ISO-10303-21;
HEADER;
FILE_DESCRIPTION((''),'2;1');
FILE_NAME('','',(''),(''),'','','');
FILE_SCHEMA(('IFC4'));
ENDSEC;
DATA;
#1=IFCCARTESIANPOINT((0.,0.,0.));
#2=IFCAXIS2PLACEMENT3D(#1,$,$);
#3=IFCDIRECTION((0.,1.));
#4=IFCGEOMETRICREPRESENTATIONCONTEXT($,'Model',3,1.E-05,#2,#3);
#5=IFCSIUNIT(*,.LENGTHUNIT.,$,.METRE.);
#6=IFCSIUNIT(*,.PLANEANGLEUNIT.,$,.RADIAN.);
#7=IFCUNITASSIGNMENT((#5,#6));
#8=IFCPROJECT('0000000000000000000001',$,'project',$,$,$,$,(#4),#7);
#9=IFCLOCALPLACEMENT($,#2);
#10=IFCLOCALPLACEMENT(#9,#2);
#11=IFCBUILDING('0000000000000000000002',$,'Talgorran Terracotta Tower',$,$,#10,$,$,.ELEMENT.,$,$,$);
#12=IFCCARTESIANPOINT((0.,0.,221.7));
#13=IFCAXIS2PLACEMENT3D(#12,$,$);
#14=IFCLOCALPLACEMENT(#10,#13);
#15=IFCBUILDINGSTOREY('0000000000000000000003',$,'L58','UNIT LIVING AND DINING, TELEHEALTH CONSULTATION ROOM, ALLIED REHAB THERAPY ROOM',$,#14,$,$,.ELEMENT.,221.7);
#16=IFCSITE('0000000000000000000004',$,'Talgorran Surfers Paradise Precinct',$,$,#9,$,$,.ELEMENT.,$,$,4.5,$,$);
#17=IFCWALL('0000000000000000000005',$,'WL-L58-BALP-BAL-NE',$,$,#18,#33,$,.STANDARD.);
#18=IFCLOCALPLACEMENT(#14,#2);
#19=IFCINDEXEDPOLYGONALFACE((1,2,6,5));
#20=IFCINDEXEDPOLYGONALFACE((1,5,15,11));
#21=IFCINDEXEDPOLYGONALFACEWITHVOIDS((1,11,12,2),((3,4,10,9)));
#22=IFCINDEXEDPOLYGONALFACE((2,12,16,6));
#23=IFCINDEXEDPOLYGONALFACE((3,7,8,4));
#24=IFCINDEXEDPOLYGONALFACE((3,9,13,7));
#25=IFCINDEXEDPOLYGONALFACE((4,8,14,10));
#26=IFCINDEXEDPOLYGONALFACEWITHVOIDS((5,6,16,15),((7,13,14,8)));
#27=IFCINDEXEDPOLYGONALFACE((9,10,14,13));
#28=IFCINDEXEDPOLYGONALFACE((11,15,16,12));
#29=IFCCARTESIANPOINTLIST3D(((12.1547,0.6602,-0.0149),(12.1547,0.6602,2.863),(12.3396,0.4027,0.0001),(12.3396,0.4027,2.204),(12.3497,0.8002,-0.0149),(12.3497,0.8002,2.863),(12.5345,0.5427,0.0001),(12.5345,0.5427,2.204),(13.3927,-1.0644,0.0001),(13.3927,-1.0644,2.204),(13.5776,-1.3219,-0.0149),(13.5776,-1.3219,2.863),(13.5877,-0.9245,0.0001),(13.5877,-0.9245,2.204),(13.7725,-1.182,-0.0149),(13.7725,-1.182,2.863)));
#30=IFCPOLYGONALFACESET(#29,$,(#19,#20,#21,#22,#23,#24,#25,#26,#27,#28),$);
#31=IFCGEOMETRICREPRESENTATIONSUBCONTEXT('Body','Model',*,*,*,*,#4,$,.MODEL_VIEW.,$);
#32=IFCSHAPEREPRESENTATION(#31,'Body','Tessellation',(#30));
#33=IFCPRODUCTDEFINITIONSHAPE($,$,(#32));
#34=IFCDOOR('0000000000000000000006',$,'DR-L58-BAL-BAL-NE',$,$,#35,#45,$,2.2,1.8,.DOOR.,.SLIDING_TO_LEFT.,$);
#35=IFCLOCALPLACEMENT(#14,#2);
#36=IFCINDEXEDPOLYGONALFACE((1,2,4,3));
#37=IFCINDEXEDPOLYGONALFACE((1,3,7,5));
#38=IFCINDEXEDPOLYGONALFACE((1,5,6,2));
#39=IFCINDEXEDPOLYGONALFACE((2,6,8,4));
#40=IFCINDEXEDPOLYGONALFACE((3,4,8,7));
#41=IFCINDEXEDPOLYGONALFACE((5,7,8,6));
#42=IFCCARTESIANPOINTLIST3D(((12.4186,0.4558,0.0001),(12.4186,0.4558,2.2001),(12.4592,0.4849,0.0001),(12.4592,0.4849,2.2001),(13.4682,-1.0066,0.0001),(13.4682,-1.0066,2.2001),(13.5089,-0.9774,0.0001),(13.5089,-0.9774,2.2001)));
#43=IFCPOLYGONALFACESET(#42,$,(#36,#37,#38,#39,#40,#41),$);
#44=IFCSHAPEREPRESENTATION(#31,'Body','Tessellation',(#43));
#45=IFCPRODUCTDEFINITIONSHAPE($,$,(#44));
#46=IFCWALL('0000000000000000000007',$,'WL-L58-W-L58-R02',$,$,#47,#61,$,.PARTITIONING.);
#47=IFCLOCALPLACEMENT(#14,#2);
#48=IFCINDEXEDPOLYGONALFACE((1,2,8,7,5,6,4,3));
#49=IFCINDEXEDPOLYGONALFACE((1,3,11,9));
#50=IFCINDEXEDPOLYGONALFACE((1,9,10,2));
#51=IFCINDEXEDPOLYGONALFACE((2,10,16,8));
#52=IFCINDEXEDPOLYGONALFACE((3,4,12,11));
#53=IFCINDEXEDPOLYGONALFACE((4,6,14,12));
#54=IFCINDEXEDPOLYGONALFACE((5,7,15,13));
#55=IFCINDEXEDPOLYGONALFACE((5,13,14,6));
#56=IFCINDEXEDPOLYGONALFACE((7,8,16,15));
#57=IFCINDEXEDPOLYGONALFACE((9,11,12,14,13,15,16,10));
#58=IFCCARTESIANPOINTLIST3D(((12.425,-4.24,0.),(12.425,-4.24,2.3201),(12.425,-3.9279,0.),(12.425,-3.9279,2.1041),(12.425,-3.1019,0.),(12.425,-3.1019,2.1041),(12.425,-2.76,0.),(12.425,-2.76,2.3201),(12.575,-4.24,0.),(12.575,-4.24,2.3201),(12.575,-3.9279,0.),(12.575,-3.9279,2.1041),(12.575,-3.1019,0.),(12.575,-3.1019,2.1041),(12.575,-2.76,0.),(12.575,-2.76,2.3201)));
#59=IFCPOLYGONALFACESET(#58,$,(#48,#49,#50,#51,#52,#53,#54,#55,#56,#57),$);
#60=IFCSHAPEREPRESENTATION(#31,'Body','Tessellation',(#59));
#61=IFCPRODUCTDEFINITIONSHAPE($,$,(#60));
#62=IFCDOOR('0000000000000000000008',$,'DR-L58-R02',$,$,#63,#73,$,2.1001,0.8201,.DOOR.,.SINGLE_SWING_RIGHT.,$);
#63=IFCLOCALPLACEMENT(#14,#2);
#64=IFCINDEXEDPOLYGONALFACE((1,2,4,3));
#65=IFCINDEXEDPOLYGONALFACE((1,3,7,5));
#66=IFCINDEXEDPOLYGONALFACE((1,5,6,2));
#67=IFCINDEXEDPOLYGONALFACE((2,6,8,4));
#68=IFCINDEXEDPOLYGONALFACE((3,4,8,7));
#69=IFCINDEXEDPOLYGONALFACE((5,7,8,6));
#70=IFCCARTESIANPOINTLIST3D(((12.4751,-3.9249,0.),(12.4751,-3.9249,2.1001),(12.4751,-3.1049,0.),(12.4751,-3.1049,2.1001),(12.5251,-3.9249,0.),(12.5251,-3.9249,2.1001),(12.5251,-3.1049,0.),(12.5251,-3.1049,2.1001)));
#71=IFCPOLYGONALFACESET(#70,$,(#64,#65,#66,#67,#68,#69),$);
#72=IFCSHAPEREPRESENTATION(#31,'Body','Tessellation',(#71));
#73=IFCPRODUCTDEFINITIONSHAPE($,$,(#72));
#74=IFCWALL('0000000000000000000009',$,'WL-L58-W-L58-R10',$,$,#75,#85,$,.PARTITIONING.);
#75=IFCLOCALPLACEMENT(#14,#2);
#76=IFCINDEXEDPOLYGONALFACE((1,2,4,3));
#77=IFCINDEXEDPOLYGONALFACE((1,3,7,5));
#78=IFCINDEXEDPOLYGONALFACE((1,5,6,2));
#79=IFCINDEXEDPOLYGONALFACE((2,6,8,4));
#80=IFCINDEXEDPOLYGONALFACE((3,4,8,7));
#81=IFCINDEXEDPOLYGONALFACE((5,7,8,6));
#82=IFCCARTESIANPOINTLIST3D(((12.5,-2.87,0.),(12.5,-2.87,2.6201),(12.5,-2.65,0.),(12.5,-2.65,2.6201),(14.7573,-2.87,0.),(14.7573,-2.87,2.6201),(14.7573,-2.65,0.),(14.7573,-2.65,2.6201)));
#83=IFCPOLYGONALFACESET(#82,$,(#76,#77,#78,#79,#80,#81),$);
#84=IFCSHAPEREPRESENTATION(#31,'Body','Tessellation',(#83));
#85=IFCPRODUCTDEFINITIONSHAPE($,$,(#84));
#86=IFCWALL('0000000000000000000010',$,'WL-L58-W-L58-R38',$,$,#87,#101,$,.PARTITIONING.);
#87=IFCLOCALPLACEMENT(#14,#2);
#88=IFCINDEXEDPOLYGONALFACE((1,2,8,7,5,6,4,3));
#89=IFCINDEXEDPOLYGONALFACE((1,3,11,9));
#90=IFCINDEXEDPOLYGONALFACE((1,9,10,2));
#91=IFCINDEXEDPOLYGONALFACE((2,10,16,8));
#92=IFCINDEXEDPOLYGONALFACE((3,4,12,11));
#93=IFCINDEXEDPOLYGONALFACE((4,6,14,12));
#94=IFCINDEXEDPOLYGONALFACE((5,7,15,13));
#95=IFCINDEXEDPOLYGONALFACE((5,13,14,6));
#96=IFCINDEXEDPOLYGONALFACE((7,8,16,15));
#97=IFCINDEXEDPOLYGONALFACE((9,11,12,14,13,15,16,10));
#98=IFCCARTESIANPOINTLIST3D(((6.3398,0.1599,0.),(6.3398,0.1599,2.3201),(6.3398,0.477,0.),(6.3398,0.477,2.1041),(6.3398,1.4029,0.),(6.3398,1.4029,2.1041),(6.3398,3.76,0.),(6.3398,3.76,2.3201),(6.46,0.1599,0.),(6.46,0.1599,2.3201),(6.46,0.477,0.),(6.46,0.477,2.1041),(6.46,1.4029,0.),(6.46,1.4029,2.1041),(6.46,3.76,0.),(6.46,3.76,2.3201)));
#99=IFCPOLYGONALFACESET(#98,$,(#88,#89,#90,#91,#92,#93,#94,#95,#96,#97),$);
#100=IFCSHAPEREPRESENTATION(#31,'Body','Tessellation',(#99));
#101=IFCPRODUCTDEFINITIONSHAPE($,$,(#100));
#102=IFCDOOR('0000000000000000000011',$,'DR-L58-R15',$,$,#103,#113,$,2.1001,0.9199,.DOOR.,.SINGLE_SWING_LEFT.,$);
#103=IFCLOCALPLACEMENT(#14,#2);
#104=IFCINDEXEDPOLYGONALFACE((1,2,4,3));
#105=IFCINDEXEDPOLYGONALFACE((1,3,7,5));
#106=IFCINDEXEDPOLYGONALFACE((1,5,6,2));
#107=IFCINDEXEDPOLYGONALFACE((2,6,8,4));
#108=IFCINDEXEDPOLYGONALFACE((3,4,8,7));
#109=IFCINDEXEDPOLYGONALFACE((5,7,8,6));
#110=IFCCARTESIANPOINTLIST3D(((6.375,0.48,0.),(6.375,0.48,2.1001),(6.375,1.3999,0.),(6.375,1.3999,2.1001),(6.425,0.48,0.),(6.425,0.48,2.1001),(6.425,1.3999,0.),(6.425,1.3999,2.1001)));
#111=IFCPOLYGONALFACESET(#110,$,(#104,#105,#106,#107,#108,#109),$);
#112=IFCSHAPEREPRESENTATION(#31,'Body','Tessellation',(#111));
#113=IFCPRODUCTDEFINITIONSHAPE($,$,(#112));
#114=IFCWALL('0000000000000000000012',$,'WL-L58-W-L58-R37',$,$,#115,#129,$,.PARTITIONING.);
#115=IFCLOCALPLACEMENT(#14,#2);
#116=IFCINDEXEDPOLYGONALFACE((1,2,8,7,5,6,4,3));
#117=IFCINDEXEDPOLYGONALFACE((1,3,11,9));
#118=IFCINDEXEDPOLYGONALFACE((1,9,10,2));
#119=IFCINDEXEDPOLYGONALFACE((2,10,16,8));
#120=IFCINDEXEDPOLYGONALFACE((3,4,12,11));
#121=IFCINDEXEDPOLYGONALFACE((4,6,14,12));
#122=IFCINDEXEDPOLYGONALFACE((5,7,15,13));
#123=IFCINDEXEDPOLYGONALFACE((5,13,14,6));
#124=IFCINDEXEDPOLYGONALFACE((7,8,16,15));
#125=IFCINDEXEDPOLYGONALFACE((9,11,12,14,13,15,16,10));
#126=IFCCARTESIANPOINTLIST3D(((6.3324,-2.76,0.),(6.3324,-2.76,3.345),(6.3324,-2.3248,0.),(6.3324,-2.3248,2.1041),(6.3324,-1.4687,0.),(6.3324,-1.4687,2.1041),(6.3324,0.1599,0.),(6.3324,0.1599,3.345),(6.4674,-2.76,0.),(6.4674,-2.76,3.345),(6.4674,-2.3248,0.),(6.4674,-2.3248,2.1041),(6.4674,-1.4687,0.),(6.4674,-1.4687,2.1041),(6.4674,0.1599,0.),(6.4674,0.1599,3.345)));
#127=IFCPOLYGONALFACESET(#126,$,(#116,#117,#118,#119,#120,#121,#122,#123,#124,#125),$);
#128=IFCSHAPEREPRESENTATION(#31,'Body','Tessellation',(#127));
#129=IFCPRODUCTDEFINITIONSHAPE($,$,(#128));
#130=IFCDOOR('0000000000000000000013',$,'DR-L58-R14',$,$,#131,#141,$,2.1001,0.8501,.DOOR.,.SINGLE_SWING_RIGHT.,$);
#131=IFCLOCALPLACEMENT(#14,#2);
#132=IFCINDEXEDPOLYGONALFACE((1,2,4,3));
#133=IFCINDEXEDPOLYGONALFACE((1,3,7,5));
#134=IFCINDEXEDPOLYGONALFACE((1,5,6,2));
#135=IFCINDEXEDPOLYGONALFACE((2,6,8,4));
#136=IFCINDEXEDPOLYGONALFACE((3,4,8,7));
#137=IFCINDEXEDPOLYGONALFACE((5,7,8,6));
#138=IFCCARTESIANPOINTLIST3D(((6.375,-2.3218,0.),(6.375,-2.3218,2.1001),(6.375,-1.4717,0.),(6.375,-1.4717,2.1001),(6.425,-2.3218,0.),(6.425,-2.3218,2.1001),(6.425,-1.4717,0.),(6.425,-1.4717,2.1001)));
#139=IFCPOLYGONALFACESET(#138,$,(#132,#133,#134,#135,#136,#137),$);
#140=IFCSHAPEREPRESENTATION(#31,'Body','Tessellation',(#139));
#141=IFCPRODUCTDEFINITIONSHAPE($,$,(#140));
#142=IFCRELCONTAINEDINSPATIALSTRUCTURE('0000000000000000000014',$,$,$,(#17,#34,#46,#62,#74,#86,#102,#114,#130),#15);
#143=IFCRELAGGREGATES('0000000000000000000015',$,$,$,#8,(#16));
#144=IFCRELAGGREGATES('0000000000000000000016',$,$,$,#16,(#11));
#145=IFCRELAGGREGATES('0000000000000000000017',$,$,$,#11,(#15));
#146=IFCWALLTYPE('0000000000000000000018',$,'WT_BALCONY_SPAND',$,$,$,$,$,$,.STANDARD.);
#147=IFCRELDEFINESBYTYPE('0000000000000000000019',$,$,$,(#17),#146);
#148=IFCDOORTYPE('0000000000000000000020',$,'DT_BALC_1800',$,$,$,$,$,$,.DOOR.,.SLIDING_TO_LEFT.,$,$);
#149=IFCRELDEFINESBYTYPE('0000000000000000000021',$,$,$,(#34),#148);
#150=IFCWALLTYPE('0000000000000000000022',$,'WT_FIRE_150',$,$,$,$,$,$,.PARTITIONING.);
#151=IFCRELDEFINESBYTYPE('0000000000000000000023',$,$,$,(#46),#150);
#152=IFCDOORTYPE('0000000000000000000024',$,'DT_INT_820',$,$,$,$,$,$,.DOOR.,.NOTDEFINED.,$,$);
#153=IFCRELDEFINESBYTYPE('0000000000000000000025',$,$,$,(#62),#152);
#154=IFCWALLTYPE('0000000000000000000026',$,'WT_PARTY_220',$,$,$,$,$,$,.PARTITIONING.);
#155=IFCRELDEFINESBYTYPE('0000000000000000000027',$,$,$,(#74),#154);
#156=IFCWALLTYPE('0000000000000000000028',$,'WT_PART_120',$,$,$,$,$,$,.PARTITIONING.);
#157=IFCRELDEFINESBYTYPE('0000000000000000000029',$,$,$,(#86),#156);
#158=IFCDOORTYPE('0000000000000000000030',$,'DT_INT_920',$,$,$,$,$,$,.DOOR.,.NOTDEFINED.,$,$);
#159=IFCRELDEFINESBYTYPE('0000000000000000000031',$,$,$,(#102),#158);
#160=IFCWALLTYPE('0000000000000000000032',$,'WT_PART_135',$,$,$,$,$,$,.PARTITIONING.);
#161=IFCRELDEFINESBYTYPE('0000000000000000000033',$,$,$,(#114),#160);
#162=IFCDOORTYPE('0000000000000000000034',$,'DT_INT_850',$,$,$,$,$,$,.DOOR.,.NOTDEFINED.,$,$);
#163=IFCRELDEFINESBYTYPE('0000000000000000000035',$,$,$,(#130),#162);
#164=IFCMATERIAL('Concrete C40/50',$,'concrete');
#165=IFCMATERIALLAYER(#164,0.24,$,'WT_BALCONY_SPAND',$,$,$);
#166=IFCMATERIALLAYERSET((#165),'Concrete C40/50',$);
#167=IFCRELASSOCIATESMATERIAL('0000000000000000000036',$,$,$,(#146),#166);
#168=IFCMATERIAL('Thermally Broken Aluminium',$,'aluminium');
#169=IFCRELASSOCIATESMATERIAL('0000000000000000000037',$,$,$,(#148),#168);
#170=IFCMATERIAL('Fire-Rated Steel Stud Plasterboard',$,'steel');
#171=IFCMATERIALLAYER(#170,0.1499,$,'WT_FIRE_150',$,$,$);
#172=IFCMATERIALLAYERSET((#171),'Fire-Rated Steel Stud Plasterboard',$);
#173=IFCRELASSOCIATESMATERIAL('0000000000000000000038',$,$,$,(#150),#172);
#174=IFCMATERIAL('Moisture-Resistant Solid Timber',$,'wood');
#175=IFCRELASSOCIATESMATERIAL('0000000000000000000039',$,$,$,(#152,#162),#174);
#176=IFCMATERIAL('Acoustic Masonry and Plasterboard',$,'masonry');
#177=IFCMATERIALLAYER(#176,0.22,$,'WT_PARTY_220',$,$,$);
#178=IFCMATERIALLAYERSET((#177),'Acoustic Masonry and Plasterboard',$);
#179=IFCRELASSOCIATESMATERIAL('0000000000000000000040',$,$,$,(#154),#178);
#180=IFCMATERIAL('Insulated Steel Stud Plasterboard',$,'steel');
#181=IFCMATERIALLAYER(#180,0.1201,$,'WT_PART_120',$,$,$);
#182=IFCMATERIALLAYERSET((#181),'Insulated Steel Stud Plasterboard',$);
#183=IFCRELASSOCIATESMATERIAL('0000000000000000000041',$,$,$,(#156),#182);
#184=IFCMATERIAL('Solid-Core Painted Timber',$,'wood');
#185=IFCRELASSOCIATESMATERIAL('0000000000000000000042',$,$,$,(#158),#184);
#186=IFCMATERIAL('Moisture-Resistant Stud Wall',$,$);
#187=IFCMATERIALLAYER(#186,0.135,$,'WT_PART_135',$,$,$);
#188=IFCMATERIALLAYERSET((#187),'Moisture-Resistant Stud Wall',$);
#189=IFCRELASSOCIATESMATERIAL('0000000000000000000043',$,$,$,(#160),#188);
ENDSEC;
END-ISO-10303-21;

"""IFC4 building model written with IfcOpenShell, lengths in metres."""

from ifc_helpers import new_model, si_unit, direction, frame, frame_2d, origin, place, context, subcontext, project, spatial, rectangle, extrude, material, layer, layer_set, type_object, element, fill, save


model = new_model("IFC4")

# Units and contexts
model_context = context("Model", 3, precision=1e-05, world=origin(), true_north=direction((0.0, 1.0)))
body_context = subcontext(model_context, "Body", "Model", "MODEL_VIEW")
ifc_project = project(units=[si_unit("LENGTHUNIT", "METRE"), si_unit("PLANEANGLEUNIT", "RADIAN")], contexts=[model_context])

# Site, building, storey
site_placement = place(None, origin())
site = spatial("IfcSite", under=ifc_project, at=site_placement, Name="Talgorran Surfers Paradise Precinct", CompositionType="ELEMENT", RefElevation=4.5)
building_placement = place(site_placement, origin())
building = spatial("IfcBuilding", under=site, at=building_placement, Name="Talgorran Terracotta Tower", CompositionType="ELEMENT")
storey_placement = place(building_placement, frame((0.0, 0.0, 221.7)))
storey = spatial("IfcBuildingStorey", under=building, at=storey_placement, Name="L58", Description="UNIT LIVING AND DINING, TELEHEALTH CONSULTATION ROOM, ALLIED REHAB THERAPY ROOM", CompositionType="ELEMENT", Elevation=221.7)

# Walls, openings, doors
ifc_material_1 = material(Name="Concrete C40/50", Category="concrete")
ifc_layer_1 = layer(ifc_material_1, 0.24, Name="WT_BALCONY_SPAND")
ifc_layer_set_1 = layer_set([ifc_layer_1], Name="Concrete C40/50")
wall_type_1 = type_object("IfcWallType", Name="WT_BALCONY_SPAND", PredefinedType="STANDARD", material=ifc_layer_set_1)
wall_1_placement = place(storey_placement, frame((13.675, -1.252, -0.0149), z_axis=(0.0, 0.0, 1.0), x_axis=(-0.583139, 0.812372, 0.0)))
wall_1 = element("IfcWall", 1, at=wall_1_placement, inside=storey, type_object=wall_type_1, Name="WL-L58-BALP-BAL-NE", PredefinedType="STANDARD", context=body_context, shape_type="SweptSolid", body=[
    extrude(rectangle(XDim=2.4399, YDim=0.24, at=frame_2d((1.22, 0.0))), origin(), (0.0, 0.0, 1.0), 2.8779),
])
opening_1_placement = place(wall_1_placement, frame((0.3201, 0.0, 0.0149)))
opening_1 = element("IfcOpeningElement", 2, at=opening_1_placement, cuts=wall_1, PredefinedType="OPENING", context=body_context, shape_type="SweptSolid", body=[
    extrude(rectangle(XDim=1.806, YDim=2.204, at=frame_2d((0.8999, 1.1021))), frame((0.0, 0.1299, 0.0), z_axis=(0.0, -1.0, 0.0), x_axis=(1.0, 0.0, 0.0)), (0.0, 0.0, 1.0), 0.26),
])
ifc_material_2 = material(Name="Thermally Broken Aluminium", Category="aluminium")
door_type_1 = type_object("IfcDoorType", Name="DT_BALC_1800", OperationType="SLIDING_TO_LEFT", PredefinedType="DOOR", material=ifc_material_2)
door_1_placement = place(opening_1_placement, origin())
door_1 = element("IfcDoor", 3, at=door_1_placement, inside=storey, type_object=door_type_1, Name="DR-L58-BAL-BAL-NE", OperationType="SLIDING_TO_LEFT", OverallHeight=2.2, OverallWidth=1.8, PredefinedType="DOOR", context=body_context, shape_type="SweptSolid", body=[
    extrude(rectangle(XDim=1.8, YDim=2.2, at=frame_2d((0.8999, 1.1001))), frame((0.0, 0.0249, 0.0), z_axis=(0.0, -1.0, 0.0), x_axis=(1.0, 0.0, 0.0)), (0.0, 0.0, 1.0), 0.05),
])
fill(opening_1, door_1)
ifc_material_3 = material(Name="Fire-Rated Steel Stud Plasterboard", Category="steel")
ifc_layer_2 = layer(ifc_material_3, 0.1499, Name="WT_FIRE_150")
ifc_layer_set_2 = layer_set([ifc_layer_2], Name="Fire-Rated Steel Stud Plasterboard")
wall_type_2 = type_object("IfcWallType", Name="WT_FIRE_150", PredefinedType="PARTITIONING", material=ifc_layer_set_2)
wall_2_placement = place(storey_placement, frame((12.5, -4.24, 0.0), z_axis=(0.0, 0.0, 1.0), x_axis=(0.0, 1.0, 0.0)))
wall_2 = element("IfcWall", 4, at=wall_2_placement, inside=storey, type_object=wall_type_2, Name="WL-L58-W-L58-R02", PredefinedType="PARTITIONING", context=body_context, shape_type="SweptSolid", body=[
    extrude(rectangle(XDim=1.48, YDim=0.1499, at=frame_2d((0.74, 0.0))), origin(), (0.0, 0.0, 1.0), 2.3201),
])
opening_2_placement = place(wall_2_placement, frame((0.3149, 0.0, 0.0)))
opening_2 = element("IfcOpeningElement", 5, at=opening_2_placement, cuts=wall_2, PredefinedType="OPENING", context=body_context, shape_type="SweptSolid", body=[
    extrude(rectangle(XDim=0.8261, YDim=2.1041, at=frame_2d((0.4102, 1.052))), frame((0.0, 0.085, 0.0), z_axis=(0.0, -1.0, 0.0), x_axis=(1.0, 0.0, 0.0)), (0.0, 0.0, 1.0), 0.1699),
])
ifc_material_4 = material(Name="Moisture-Resistant Solid Timber", Category="wood")
door_type_2 = type_object("IfcDoorType", Name="DT_INT_820", OperationType="NOTDEFINED", PredefinedType="DOOR", material=ifc_material_4)
door_2_placement = place(opening_2_placement, origin())
door_2 = element("IfcDoor", 6, at=door_2_placement, inside=storey, type_object=door_type_2, Name="DR-L58-R02", OperationType="SINGLE_SWING_RIGHT", OverallHeight=2.1001, OverallWidth=0.8201, PredefinedType="DOOR", context=body_context, shape_type="SweptSolid", body=[
    extrude(rectangle(XDim=0.8201, YDim=2.1001, at=frame_2d((0.4102, 1.05))), frame((0.0, 0.0249, 0.0), z_axis=(0.0, -1.0, 0.0), x_axis=(1.0, 0.0, 0.0)), (0.0, 0.0, 1.0), 0.05),
])
fill(opening_2, door_2)

# Wall
ifc_material_5 = material(Name="Acoustic Masonry and Plasterboard", Category="masonry")
ifc_layer_3 = layer(ifc_material_5, 0.22, Name="WT_PARTY_220")
ifc_layer_set_3 = layer_set([ifc_layer_3], Name="Acoustic Masonry and Plasterboard")
wall_type_3 = type_object("IfcWallType", Name="WT_PARTY_220", PredefinedType="PARTITIONING", material=ifc_layer_set_3)
wall_3_placement = place(storey_placement, frame((12.5, -2.76, 0.0), z_axis=(0.0, 0.0, 1.0), x_axis=(1.0, 0.0, 0.0)))
element("IfcWall", 7, at=wall_3_placement, inside=storey, type_object=wall_type_3, Name="WL-L58-W-L58-R10", PredefinedType="PARTITIONING", context=body_context, shape_type="SweptSolid", body=[
    extrude(rectangle(XDim=2.2573, YDim=0.22, at=frame_2d((1.1287, 0.0))), origin(), (0.0, 0.0, 1.0), 2.6201),
])

# Walls, openings, doors
ifc_material_6 = material(Name="Insulated Steel Stud Plasterboard", Category="steel")
ifc_layer_4 = layer(ifc_material_6, 0.1201, Name="WT_PART_120")
ifc_layer_set_4 = layer_set([ifc_layer_4], Name="Insulated Steel Stud Plasterboard")
wall_type_4 = type_object("IfcWallType", Name="WT_PART_120", PredefinedType="PARTITIONING", material=ifc_layer_set_4)
wall_4_placement = place(storey_placement, frame((6.3999, 0.1599, 0.0), z_axis=(0.0, 0.0, 1.0), x_axis=(0.0, 1.0, 0.0)))
wall_4 = element("IfcWall", 8, at=wall_4_placement, inside=storey, type_object=wall_type_4, Name="WL-L58-W-L58-R38", PredefinedType="PARTITIONING", context=body_context, shape_type="SweptSolid", body=[
    extrude(rectangle(XDim=3.6001, YDim=0.1201, at=frame_2d((1.8, 0.0))), origin(), (0.0, 0.0, 1.0), 2.3201),
])
opening_3_placement = place(wall_4_placement, frame((0.3201, 0.0, 0.0)))
opening_3 = element("IfcOpeningElement", 9, at=opening_3_placement, cuts=wall_4, PredefinedType="OPENING", context=body_context, shape_type="SweptSolid", body=[
    extrude(rectangle(XDim=0.9259, YDim=2.1041, at=frame_2d((0.46, 1.052))), frame((0.0, 0.0701, 0.0), z_axis=(0.0, -1.0, 0.0), x_axis=(1.0, 0.0, 0.0)), (0.0, 0.0, 1.0), 0.1401),
])
ifc_material_7 = material(Name="Solid-Core Painted Timber", Category="wood")
door_type_3 = type_object("IfcDoorType", Name="DT_INT_920", OperationType="NOTDEFINED", PredefinedType="DOOR", material=ifc_material_7)
door_3_placement = place(opening_3_placement, origin())
door_3 = element("IfcDoor", 10, at=door_3_placement, inside=storey, type_object=door_type_3, Name="DR-L58-R15", OperationType="SINGLE_SWING_LEFT", OverallHeight=2.1001, OverallWidth=0.9199, PredefinedType="DOOR", context=body_context, shape_type="SweptSolid", body=[
    extrude(rectangle(XDim=0.9199, YDim=2.1001, at=frame_2d((0.46, 1.05))), frame((0.0, 0.0249, 0.0), z_axis=(0.0, -1.0, 0.0), x_axis=(1.0, 0.0, 0.0)), (0.0, 0.0, 1.0), 0.05),
])
fill(opening_3, door_3)
ifc_material_8 = material(Name="Moisture-Resistant Stud Wall")
ifc_layer_5 = layer(ifc_material_8, 0.135, Name="WT_PART_135")
ifc_layer_set_5 = layer_set([ifc_layer_5], Name="Moisture-Resistant Stud Wall")
wall_type_5 = type_object("IfcWallType", Name="WT_PART_135", PredefinedType="PARTITIONING", material=ifc_layer_set_5)
wall_5_placement = place(storey_placement, frame((6.3999, -2.76, 0.0), z_axis=(0.0, 0.0, 1.0), x_axis=(0.0, 1.0, 0.0)))
wall_5 = element("IfcWall", 11, at=wall_5_placement, inside=storey, type_object=wall_type_5, Name="WL-L58-W-L58-R37", PredefinedType="PARTITIONING", context=body_context, shape_type="SweptSolid", body=[
    extrude(rectangle(XDim=2.9199, YDim=0.135, at=frame_2d((1.46, 0.0))), origin(), (0.0, 0.0, 1.0), 3.345),
])
opening_4_placement = place(wall_5_placement, frame((0.4382, 0.0, 0.0)))
opening_4 = element("IfcOpeningElement", 12, at=opening_4_placement, cuts=wall_5, PredefinedType="OPENING", context=body_context, shape_type="SweptSolid", body=[
    extrude(rectangle(XDim=0.8561, YDim=2.1041, at=frame_2d((0.425, 1.052))), frame((0.0, 0.0776, 0.0), z_axis=(0.0, -1.0, 0.0), x_axis=(1.0, 0.0, 0.0)), (0.0, 0.0, 1.0), 0.155),
])
door_type_4 = type_object("IfcDoorType", Name="DT_INT_850", OperationType="NOTDEFINED", PredefinedType="DOOR", material=ifc_material_4)
door_4_placement = place(opening_4_placement, origin())
door_4 = element("IfcDoor", 13, at=door_4_placement, inside=storey, type_object=door_type_4, Name="DR-L58-R14", OperationType="SINGLE_SWING_RIGHT", OverallHeight=2.1001, OverallWidth=0.8501, PredefinedType="DOOR", context=body_context, shape_type="SweptSolid", body=[
    extrude(rectangle(XDim=0.8501, YDim=2.1001, at=frame_2d((0.425, 1.05))), frame((0.0, 0.0249, 0.0), z_axis=(0.0, -1.0, 0.0), x_axis=(1.0, 0.0, 0.0)), (0.0, 0.0, 1.0), 0.05),
])
fill(opening_4, door_4)

save(model, "model.ifc")
